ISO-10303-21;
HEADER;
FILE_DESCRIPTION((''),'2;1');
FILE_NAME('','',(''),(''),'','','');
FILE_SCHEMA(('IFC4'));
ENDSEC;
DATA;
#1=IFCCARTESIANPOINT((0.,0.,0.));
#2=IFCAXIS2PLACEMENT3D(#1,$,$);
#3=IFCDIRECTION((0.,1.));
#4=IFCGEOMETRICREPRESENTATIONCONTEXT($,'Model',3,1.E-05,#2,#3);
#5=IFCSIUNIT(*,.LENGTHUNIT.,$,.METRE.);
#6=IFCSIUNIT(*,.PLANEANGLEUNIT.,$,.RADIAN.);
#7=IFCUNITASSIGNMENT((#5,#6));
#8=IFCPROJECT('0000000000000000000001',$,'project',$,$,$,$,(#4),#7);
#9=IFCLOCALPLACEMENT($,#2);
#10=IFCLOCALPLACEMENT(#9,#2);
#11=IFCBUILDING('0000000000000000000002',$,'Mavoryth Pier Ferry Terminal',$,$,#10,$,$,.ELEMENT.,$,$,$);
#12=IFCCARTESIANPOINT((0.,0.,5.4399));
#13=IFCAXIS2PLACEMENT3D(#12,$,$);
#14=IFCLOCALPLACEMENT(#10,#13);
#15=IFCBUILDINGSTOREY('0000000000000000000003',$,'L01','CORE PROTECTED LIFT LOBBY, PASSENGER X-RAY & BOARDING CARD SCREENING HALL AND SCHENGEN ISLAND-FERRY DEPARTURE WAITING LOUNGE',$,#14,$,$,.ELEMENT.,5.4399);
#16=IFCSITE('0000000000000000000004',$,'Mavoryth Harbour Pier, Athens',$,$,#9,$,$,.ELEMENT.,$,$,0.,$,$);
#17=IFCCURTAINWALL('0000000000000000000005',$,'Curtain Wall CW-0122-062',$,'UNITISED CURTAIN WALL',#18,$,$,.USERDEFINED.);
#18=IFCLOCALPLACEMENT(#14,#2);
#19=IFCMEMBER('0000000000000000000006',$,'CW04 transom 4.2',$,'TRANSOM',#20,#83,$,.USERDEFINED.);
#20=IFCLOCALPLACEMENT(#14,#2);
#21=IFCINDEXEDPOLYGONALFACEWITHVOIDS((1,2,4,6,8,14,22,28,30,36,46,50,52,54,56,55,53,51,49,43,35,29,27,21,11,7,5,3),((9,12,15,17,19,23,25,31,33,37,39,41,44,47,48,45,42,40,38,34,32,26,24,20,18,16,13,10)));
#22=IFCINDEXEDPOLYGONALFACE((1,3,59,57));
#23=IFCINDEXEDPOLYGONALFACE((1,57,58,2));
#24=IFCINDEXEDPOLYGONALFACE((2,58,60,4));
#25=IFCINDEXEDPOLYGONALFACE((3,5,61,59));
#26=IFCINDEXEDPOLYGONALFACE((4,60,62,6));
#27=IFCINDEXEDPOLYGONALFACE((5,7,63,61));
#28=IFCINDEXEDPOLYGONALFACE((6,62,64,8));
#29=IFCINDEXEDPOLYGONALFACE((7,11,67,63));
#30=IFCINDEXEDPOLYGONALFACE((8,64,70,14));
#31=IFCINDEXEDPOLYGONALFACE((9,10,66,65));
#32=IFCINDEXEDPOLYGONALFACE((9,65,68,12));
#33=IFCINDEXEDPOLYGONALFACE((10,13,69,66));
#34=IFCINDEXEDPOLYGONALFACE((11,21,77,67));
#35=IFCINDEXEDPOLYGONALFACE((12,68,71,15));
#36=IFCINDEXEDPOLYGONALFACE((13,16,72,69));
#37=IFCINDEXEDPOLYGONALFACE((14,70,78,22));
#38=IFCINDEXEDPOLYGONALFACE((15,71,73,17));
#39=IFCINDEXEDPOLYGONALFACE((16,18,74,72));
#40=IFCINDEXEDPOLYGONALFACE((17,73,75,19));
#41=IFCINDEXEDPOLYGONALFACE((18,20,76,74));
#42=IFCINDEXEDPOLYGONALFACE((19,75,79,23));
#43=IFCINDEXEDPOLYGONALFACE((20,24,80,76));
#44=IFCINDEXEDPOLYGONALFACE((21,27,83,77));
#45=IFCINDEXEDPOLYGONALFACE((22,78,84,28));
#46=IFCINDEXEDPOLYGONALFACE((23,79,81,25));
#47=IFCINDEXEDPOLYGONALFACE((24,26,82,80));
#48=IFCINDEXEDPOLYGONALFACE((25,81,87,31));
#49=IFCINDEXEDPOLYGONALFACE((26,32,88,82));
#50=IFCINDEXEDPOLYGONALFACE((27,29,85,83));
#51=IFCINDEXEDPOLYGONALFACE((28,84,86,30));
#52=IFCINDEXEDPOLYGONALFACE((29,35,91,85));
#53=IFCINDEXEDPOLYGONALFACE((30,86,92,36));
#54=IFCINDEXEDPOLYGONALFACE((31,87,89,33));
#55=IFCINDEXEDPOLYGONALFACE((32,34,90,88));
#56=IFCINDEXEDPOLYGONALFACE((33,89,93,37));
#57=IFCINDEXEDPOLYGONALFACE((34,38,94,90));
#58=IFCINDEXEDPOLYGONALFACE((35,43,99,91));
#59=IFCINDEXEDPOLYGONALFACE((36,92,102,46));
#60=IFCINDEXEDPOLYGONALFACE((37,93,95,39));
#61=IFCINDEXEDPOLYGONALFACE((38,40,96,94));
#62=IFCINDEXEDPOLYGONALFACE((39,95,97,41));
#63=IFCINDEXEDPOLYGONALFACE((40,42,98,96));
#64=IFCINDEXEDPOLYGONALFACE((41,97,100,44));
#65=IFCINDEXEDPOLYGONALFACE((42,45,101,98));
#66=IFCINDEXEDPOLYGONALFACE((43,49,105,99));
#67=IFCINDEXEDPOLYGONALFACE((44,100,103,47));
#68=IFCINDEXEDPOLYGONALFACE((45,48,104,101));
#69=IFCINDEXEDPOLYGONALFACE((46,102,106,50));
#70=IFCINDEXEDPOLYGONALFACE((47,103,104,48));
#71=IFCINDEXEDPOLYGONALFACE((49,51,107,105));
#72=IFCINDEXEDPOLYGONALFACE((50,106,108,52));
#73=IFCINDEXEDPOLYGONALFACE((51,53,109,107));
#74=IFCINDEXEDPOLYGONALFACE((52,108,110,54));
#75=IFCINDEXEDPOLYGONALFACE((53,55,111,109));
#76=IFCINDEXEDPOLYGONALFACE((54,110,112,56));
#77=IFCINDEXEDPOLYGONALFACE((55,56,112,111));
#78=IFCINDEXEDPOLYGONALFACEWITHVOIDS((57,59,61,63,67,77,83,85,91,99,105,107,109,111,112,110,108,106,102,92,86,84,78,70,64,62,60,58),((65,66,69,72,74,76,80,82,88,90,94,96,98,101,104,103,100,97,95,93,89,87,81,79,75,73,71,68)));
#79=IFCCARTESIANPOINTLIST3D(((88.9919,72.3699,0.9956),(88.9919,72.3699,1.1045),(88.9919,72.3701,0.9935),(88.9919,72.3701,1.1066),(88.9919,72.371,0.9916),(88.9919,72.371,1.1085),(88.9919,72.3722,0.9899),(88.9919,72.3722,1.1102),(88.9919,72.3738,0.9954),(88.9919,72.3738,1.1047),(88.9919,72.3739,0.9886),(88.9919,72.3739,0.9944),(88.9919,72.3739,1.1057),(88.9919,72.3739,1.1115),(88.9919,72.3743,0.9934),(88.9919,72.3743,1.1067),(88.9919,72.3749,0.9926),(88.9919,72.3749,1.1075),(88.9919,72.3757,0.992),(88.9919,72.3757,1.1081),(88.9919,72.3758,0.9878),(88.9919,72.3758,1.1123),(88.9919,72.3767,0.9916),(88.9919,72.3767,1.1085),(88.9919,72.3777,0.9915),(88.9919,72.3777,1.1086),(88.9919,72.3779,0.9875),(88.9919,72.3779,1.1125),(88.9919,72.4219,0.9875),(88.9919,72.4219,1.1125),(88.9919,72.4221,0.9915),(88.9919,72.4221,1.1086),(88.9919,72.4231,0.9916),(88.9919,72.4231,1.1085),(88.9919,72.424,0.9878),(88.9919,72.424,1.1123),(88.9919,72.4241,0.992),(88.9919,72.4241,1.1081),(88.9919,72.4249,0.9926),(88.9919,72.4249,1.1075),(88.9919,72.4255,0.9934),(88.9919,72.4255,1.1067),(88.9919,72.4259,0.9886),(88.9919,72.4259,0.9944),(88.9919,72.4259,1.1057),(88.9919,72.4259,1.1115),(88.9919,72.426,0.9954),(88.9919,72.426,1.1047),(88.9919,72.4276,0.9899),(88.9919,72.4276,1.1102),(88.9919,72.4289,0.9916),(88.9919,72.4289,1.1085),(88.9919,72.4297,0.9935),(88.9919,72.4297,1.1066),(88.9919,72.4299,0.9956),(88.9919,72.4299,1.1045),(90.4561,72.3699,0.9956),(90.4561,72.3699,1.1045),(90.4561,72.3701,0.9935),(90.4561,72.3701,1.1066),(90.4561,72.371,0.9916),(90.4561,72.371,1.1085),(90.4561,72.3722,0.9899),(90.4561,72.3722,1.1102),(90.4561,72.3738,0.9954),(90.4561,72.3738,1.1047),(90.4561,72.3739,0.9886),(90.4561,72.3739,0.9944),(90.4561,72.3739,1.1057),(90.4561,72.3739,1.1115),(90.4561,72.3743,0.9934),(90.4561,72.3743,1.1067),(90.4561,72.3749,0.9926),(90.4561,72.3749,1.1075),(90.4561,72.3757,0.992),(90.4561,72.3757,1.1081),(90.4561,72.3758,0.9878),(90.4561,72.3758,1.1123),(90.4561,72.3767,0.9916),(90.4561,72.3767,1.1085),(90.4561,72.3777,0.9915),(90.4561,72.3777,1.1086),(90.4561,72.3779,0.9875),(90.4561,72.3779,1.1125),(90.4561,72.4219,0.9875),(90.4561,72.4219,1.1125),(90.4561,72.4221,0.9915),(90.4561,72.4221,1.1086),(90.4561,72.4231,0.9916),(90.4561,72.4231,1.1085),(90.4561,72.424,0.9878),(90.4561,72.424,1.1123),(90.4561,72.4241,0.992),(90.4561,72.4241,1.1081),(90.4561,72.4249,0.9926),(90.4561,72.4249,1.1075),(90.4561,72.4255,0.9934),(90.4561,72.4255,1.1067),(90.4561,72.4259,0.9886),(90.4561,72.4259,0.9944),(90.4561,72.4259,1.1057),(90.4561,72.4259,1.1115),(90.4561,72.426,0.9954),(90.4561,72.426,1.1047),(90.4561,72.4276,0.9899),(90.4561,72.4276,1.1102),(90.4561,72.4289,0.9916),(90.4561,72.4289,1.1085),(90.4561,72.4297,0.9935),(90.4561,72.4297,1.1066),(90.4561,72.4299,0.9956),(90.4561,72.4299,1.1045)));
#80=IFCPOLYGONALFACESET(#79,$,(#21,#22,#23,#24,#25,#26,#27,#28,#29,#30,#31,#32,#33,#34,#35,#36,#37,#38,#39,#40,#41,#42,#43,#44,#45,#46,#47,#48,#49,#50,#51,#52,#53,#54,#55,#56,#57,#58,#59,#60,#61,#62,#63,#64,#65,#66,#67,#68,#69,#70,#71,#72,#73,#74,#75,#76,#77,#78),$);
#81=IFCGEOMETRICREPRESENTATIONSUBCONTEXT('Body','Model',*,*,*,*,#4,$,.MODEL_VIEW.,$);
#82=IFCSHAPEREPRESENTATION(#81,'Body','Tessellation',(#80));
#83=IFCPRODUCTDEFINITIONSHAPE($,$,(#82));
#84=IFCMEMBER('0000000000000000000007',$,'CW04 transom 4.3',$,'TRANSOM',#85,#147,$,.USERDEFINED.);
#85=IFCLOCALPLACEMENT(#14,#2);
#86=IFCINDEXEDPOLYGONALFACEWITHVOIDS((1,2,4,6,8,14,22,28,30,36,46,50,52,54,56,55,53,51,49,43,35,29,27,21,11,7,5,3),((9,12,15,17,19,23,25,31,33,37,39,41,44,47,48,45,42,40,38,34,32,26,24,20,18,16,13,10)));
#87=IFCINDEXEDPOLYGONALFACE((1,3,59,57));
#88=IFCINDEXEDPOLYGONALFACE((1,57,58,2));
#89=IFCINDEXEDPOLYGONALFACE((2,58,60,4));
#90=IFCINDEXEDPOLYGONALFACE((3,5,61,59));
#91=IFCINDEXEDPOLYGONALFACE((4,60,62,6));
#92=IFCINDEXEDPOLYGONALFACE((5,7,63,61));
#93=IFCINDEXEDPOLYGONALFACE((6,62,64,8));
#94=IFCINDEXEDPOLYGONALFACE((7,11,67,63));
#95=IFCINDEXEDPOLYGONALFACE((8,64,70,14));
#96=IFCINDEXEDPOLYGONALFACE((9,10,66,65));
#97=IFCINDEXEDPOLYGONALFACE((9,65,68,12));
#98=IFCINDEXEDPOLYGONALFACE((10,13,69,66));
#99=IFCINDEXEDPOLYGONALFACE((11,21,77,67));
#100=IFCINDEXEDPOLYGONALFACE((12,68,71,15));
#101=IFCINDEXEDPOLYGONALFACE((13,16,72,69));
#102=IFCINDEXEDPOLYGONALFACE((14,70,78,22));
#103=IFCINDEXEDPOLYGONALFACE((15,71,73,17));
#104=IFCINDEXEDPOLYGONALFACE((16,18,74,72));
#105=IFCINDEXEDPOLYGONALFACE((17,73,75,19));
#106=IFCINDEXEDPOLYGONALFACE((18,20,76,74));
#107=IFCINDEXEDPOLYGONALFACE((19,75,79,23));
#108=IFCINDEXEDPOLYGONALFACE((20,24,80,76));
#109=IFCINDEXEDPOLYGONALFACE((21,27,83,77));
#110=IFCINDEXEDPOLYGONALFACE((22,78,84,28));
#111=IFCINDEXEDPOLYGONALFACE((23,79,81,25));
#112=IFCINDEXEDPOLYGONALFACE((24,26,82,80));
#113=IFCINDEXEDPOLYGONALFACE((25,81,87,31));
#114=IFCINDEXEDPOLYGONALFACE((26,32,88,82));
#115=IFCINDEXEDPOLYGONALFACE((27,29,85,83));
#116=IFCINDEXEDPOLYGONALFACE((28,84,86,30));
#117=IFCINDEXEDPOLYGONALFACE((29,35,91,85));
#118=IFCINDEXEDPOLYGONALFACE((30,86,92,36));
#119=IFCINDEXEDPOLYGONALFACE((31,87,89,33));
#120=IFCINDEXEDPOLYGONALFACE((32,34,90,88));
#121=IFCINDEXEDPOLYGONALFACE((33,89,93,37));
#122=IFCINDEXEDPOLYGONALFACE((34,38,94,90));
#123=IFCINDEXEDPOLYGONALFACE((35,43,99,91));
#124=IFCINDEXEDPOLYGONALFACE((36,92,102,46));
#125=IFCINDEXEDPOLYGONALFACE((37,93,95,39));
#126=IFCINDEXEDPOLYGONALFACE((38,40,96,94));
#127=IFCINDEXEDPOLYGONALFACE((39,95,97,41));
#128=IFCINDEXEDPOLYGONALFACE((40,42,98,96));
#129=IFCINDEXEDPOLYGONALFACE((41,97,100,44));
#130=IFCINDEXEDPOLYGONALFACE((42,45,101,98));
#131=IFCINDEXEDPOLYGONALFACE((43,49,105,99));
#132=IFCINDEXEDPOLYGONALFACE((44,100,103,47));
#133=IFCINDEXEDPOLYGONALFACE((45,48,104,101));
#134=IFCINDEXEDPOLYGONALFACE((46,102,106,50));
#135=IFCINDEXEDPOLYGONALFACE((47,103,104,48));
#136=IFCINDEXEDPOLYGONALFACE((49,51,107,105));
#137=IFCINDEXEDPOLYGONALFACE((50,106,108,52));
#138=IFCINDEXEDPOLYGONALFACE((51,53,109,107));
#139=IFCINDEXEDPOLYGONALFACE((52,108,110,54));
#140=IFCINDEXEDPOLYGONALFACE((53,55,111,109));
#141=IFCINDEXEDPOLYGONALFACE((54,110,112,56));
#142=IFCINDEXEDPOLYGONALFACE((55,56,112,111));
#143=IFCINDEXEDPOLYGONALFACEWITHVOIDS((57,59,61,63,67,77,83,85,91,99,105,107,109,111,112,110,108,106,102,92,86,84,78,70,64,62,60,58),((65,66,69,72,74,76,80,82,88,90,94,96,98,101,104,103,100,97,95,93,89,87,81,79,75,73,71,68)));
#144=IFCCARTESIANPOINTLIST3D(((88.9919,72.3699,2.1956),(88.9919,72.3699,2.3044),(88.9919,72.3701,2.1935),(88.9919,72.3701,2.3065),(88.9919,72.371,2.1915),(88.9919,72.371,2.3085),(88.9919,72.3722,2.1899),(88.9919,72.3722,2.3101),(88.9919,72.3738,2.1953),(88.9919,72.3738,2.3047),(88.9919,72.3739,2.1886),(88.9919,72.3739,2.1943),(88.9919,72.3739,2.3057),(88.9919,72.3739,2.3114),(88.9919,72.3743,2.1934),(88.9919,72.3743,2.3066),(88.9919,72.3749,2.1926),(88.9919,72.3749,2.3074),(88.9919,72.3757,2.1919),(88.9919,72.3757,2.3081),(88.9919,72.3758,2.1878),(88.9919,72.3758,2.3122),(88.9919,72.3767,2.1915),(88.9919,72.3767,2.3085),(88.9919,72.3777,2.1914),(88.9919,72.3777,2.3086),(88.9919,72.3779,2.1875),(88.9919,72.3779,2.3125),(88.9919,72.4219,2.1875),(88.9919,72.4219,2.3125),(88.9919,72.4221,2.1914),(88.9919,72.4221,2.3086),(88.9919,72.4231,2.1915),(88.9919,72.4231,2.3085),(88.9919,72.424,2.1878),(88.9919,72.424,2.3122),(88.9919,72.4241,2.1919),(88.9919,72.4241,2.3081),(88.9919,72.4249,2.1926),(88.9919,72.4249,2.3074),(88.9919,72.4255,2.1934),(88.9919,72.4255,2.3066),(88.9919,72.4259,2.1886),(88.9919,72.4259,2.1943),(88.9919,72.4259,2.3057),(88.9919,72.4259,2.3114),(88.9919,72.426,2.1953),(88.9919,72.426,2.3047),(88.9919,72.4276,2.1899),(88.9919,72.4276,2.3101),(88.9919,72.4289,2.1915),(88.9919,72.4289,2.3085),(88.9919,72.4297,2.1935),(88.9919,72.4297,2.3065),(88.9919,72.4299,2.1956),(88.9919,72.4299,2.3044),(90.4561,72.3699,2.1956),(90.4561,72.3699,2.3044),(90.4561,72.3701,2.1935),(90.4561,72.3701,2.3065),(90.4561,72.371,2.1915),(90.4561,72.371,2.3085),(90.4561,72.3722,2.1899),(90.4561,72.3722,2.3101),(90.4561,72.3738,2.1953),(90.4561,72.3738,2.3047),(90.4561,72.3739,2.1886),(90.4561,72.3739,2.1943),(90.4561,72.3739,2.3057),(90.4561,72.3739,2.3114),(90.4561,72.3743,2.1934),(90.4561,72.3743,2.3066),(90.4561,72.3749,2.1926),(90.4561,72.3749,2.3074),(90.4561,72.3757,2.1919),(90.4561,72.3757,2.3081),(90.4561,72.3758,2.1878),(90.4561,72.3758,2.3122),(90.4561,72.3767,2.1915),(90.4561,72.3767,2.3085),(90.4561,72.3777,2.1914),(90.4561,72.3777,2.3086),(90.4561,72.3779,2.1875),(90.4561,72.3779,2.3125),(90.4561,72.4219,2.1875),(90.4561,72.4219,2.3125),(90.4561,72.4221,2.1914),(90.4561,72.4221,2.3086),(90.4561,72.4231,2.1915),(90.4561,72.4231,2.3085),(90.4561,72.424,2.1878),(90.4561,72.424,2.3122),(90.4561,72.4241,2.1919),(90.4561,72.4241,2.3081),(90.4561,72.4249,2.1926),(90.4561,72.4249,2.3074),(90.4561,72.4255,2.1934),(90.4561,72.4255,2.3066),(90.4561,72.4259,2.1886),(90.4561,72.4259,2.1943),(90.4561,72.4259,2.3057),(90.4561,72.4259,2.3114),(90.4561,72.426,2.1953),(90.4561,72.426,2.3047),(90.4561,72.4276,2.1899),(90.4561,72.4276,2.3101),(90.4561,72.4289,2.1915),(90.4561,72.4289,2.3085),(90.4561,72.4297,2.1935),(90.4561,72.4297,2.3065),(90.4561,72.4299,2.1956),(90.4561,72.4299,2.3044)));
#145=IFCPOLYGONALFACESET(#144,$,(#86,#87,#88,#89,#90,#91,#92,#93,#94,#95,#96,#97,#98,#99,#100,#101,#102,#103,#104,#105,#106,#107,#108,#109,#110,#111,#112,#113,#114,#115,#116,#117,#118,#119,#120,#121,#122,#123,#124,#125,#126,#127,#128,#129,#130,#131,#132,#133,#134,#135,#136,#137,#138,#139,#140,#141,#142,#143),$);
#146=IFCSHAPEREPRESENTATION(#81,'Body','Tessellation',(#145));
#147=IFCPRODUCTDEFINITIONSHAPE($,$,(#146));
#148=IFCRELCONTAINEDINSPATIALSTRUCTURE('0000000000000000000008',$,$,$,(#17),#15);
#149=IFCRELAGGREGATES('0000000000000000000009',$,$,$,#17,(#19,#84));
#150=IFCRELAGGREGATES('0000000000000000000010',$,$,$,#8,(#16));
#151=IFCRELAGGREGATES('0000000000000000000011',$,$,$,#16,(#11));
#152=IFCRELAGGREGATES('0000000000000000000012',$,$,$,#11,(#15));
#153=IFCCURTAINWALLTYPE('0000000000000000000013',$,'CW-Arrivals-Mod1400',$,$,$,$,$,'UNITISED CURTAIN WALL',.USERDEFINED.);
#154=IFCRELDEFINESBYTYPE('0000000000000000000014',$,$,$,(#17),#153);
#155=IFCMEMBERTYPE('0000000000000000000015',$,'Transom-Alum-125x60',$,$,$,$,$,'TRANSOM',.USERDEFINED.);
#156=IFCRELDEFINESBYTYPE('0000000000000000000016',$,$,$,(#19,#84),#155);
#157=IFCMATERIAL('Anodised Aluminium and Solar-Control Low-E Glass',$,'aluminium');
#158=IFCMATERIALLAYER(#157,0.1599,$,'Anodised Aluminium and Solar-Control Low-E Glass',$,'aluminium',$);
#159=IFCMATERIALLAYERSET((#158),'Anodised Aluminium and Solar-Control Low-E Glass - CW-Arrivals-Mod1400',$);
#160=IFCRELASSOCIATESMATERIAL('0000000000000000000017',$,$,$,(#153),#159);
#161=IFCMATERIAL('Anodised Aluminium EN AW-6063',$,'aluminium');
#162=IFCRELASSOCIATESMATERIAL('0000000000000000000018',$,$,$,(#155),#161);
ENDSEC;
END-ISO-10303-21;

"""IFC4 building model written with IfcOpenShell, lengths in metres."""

from ifc_helpers import new_model, si_unit, direction, frame, origin, origin_2d, place, context, subcontext, project, spatial, hollow_rectangle, extrude, material, layer, layer_set, material_profile, profile_set, type_object, element, aggregate, save


model = new_model("IFC4")

# Units and contexts
model_context = context("Model", 3, precision=1e-05, world=origin(), true_north=direction((0.0, 1.0)))
body_context = subcontext(model_context, "Body", "Model", "MODEL_VIEW")
ifc_project = project(units=[si_unit("LENGTHUNIT", "METRE"), si_unit("PLANEANGLEUNIT", "RADIAN")], contexts=[model_context])

# Site, building, storey
site_placement = place(None, origin())
site = spatial("IfcSite", under=ifc_project, at=site_placement, Name="Mavoryth Harbour Pier, Athens", CompositionType="ELEMENT", RefElevation=0.0)
building_placement = place(site_placement, origin())
building = spatial("IfcBuilding", under=site, at=building_placement, Name="Mavoryth Pier Ferry Terminal", CompositionType="ELEMENT")
storey_placement = place(building_placement, frame((0.0, 0.0, 5.4399)))
storey = spatial("IfcBuildingStorey", under=building, at=storey_placement, Name="L01", Description="CORE PROTECTED LIFT LOBBY, PASSENGER X-RAY & BOARDING CARD SCREENING HALL AND SCHENGEN ISLAND-FERRY DEPARTURE WAITING LOUNGE", CompositionType="ELEMENT", Elevation=5.4399)

# Curtain wall
ifc_material_1 = material(Name="Anodised Aluminium and Solar-Control Low-E Glass", Category="aluminium")
ifc_layer_1 = layer(ifc_material_1, 0.1599, Name="Anodised Aluminium and Solar-Control Low-E Glass", Category="aluminium")
ifc_layer_set_1 = layer_set([ifc_layer_1], Name="Anodised Aluminium and Solar-Control Low-E Glass - CW-Arrivals-Mod1400")
curtain_wall_type = type_object("IfcCurtainWallType", Name="CW-Arrivals-Mod1400", ElementType="UNITISED CURTAIN WALL", PredefinedType="USERDEFINED", material=ifc_layer_set_1)
curtain_wall_1_placement = place(storey_placement, origin())
curtain_wall_1 = element("IfcCurtainWall", 1, at=curtain_wall_1_placement, inside=storey, type_object=curtain_wall_type, Name="Curtain Wall CW-0122-062", ObjectType="UNITISED CURTAIN WALL", PredefinedType="USERDEFINED")
ifc_material_2 = material(Name="Anodised Aluminium EN AW-6063", Category="aluminium")

# Members
ifc_material_profile_1 = material_profile(ifc_material_2, hollow_rectangle(XDim=0.0601, YDim=0.125, WallThickness=0.0039, InnerFilletRadius=0.0039, OuterFilletRadius=0.0081, at=origin_2d()), Name="AL-TRAN 125x60x4", Category="aluminium")
ifc_profile_set_1 = profile_set([ifc_material_profile_1], Name="Anodised Aluminium EN AW-6063 - AL-TRAN 125x60x4")
member_type_1 = type_object("IfcMemberType", Name="Transom-Alum-125x60", ElementType="TRANSOM", PredefinedType="USERDEFINED", material=ifc_profile_set_1)
member_1_placement = place(storey_placement, frame((88.9919, 72.3999, 1.05), z_axis=(1.0, 0.0, 0.0), x_axis=(0.0, 1.0, 0.0)))
member_1 = element("IfcMember", 2, at=member_1_placement, type_object=member_type_1, Name="CW04 transom 4.2", ObjectType="TRANSOM", PredefinedType="USERDEFINED", context=body_context, shape_type="SweptSolid", body=[
    extrude(hollow_rectangle(XDim=0.0601, YDim=0.125, WallThickness=0.0039, InnerFilletRadius=0.0039, OuterFilletRadius=0.0081, at=origin_2d()), origin(), (0.0, 0.0, 1.0), 1.4641),
])
member_2_placement = place(storey_placement, frame((88.9919, 72.3999, 2.25), z_axis=(1.0, 0.0, 0.0), x_axis=(0.0, 1.0, 0.0)))
member_2 = element("IfcMember", 3, at=member_2_placement, type_object=member_type_1, Name="CW04 transom 4.3", ObjectType="TRANSOM", PredefinedType="USERDEFINED", context=body_context, shape_type="SweptSolid", body=[
    extrude(hollow_rectangle(XDim=0.0601, YDim=0.125, WallThickness=0.0039, InnerFilletRadius=0.0039, OuterFilletRadius=0.0081, at=origin_2d()), origin(), (0.0, 0.0, 1.0), 1.4641),
])

aggregate(curtain_wall_1, [member_1, member_2])

save(model, "model.ifc")
